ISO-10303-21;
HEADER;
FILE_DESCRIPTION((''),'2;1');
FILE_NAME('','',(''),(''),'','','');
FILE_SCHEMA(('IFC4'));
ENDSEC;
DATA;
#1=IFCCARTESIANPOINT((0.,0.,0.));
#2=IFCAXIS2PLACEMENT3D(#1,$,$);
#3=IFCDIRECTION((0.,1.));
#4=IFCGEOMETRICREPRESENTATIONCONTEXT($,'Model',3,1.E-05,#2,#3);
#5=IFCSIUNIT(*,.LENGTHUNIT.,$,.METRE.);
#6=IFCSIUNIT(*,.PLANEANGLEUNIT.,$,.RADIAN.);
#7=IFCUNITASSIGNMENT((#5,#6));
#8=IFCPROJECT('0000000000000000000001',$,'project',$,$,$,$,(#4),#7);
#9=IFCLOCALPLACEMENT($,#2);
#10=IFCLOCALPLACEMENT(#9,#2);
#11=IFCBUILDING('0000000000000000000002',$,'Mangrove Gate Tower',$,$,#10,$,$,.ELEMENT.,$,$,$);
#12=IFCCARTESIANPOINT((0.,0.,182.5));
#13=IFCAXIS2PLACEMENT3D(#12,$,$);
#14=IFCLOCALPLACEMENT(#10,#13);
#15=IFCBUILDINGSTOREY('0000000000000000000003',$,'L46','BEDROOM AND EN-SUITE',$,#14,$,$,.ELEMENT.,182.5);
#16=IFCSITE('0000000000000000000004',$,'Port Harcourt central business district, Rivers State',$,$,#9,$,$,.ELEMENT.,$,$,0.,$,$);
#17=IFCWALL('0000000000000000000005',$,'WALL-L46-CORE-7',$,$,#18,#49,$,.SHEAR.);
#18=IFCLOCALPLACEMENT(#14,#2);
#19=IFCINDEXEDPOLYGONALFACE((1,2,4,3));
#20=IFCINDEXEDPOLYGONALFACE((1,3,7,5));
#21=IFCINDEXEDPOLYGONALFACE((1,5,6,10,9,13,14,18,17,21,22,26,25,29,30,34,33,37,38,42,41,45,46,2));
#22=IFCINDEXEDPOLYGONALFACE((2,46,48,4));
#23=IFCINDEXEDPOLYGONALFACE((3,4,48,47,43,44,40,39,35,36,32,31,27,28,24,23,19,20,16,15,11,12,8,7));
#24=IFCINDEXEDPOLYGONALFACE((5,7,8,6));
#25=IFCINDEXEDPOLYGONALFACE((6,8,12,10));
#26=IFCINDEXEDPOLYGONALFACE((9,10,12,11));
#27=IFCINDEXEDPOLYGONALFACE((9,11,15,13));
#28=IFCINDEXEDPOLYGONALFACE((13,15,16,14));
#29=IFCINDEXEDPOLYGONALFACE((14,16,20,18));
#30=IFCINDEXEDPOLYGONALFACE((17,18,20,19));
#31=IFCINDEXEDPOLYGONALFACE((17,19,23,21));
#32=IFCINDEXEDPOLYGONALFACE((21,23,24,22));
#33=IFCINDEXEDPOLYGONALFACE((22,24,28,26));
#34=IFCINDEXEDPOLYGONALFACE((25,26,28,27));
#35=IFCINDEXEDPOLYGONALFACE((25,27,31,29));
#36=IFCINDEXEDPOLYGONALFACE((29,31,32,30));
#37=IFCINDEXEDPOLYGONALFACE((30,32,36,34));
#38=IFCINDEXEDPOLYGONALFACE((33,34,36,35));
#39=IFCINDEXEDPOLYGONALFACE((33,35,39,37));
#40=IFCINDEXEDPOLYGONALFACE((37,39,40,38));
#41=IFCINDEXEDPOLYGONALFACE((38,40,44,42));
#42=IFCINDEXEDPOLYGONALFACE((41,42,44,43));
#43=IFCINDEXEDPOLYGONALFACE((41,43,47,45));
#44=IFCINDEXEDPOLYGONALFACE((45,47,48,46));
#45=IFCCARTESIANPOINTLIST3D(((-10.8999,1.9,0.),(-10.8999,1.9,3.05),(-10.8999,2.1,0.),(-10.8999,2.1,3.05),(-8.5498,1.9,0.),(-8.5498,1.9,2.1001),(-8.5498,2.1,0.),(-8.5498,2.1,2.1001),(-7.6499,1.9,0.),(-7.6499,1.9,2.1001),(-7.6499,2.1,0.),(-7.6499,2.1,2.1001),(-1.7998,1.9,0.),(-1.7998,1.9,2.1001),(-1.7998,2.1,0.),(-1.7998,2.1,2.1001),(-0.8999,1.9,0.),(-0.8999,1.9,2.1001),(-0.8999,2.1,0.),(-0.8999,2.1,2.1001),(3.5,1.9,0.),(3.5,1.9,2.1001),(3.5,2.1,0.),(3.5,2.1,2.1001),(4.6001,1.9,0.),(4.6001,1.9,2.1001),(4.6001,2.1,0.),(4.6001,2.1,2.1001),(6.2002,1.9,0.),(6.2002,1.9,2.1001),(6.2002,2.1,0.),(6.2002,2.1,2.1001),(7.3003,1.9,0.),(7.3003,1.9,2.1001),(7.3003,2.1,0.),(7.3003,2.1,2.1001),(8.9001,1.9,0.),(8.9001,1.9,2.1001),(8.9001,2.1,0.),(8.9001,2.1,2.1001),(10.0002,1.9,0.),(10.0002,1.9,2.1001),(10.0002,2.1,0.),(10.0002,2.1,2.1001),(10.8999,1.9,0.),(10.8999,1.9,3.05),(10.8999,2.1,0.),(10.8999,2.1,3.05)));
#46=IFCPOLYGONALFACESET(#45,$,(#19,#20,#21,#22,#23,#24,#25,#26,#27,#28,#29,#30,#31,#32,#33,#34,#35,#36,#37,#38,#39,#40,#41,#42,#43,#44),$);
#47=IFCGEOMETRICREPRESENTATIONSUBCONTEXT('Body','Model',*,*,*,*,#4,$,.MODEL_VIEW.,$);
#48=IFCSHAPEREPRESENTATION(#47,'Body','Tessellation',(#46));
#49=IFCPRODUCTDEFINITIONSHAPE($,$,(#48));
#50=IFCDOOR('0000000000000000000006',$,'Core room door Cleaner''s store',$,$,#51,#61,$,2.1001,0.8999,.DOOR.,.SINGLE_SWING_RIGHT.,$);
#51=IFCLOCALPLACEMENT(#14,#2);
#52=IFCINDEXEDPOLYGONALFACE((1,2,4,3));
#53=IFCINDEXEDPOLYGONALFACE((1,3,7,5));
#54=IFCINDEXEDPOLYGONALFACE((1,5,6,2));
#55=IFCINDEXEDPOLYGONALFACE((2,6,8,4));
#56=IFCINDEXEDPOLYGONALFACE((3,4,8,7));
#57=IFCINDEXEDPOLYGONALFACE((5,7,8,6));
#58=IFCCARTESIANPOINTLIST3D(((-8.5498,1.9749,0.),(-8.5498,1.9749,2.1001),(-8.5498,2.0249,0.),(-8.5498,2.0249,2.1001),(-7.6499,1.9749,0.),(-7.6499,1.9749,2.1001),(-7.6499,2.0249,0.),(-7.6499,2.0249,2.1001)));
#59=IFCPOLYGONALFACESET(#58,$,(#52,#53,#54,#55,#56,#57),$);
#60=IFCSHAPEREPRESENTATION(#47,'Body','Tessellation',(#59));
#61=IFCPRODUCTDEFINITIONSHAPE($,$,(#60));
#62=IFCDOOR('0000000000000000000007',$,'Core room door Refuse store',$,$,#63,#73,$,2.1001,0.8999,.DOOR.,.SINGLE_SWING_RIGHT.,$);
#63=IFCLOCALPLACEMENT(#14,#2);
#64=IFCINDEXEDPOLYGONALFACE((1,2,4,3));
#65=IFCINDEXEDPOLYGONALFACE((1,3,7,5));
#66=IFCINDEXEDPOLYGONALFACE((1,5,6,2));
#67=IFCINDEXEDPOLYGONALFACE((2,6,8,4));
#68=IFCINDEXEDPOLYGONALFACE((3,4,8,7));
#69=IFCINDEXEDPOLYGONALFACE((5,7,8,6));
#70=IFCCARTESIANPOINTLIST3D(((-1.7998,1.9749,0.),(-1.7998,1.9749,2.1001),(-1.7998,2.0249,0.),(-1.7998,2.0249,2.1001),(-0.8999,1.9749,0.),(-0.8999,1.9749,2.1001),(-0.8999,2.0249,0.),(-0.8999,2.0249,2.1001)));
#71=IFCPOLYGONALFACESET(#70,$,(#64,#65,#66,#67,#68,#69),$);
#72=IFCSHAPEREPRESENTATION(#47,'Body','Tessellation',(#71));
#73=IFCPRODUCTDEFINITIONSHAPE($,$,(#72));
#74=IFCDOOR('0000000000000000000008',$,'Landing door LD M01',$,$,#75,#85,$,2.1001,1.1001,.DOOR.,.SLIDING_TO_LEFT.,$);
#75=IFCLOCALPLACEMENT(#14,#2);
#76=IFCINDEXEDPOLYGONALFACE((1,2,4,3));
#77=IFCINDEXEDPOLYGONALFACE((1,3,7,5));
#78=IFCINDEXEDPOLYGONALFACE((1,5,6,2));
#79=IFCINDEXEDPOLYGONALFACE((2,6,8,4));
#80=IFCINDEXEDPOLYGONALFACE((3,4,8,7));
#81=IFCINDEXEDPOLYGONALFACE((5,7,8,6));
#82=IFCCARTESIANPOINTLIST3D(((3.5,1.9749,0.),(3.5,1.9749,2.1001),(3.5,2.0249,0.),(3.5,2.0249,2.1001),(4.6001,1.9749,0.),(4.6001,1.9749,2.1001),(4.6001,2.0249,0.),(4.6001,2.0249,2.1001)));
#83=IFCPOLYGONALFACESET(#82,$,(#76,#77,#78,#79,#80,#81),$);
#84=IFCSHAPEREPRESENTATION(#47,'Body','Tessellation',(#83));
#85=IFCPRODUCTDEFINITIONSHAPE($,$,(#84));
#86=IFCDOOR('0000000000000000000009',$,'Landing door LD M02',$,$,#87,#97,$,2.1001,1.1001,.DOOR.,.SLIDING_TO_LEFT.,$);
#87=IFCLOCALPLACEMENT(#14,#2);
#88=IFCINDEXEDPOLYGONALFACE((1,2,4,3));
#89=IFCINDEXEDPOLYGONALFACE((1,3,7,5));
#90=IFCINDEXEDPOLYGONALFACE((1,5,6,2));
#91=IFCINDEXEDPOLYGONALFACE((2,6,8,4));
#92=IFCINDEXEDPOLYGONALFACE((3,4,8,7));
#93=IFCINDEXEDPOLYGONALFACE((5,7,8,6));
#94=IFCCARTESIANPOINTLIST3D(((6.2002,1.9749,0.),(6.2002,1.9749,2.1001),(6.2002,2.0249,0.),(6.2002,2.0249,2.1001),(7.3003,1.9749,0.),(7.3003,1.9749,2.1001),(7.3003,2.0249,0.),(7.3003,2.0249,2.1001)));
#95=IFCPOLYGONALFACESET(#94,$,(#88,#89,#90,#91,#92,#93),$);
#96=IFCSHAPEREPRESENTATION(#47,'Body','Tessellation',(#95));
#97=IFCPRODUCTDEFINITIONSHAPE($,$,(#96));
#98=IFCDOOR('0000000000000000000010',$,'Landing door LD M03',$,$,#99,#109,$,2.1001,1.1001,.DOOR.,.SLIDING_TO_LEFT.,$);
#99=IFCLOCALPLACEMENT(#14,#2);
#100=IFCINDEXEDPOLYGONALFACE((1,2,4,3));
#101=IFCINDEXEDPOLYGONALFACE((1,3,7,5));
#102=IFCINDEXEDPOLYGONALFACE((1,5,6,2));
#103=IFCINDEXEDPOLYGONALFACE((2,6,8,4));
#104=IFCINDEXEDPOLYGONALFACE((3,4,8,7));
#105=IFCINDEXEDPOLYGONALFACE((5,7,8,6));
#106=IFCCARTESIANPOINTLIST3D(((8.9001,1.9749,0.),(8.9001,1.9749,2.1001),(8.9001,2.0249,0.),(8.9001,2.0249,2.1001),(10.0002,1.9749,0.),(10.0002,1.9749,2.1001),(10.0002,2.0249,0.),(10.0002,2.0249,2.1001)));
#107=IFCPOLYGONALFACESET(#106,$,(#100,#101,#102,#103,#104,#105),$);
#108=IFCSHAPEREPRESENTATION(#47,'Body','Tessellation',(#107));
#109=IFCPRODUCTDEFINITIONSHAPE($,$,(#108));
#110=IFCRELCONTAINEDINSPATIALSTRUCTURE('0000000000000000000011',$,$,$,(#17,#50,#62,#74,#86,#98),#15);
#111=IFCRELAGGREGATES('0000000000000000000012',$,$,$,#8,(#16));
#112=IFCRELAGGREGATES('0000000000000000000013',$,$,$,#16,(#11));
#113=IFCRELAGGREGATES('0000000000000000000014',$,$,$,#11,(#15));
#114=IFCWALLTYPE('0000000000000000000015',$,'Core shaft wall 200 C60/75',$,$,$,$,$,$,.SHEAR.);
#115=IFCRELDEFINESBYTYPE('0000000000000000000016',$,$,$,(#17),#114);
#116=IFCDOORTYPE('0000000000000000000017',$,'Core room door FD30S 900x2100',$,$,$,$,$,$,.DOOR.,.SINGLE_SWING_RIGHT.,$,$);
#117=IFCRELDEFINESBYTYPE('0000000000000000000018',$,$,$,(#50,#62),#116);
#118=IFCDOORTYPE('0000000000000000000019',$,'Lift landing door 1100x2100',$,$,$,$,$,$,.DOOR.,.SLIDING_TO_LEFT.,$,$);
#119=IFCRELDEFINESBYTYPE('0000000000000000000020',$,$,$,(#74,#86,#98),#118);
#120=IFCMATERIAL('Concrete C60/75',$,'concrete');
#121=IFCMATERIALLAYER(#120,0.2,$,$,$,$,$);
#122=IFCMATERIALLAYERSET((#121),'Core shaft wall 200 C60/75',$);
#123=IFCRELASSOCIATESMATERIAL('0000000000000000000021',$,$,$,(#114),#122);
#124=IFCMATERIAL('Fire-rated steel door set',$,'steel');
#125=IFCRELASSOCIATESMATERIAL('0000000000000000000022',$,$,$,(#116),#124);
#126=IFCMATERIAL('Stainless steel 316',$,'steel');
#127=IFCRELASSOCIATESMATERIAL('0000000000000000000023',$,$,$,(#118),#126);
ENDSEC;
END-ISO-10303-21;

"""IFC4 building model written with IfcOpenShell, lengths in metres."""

from ifc_helpers import new_model, si_unit, direction, frame, frame_2d, origin, place, context, subcontext, project, spatial, rectangle, extrude, material, layer, layer_set, type_object, element, fill, save


model = new_model("IFC4")

# Units and contexts
model_context = context("Model", 3, precision=1e-05, world=origin(), true_north=direction((0.0, 1.0)))
body_context = subcontext(model_context, "Body", "Model", "MODEL_VIEW")
ifc_project = project(units=[si_unit("LENGTHUNIT", "METRE"), si_unit("PLANEANGLEUNIT", "RADIAN")], contexts=[model_context])

# Site, building, storey
site_placement = place(None, origin())
site = spatial("IfcSite", under=ifc_project, at=site_placement, Name="Port Harcourt central business district, Rivers State", CompositionType="ELEMENT", RefElevation=0.0)
building_placement = place(site_placement, origin())
building = spatial("IfcBuilding", under=site, at=building_placement, Name="Mangrove Gate Tower", CompositionType="ELEMENT")
storey_placement = place(building_placement, frame((0.0, 0.0, 182.5)))
storey = spatial("IfcBuildingStorey", under=building, at=storey_placement, Name="L46", Description="BEDROOM AND EN-SUITE", CompositionType="ELEMENT", Elevation=182.5)

# Shared definitions
ifc_material_1 = material(Name="Concrete C60/75", Category="concrete")
ifc_layer_1 = layer(ifc_material_1, 0.2)
ifc_layer_set_1 = layer_set([ifc_layer_1], Name="Core shaft wall 200 C60/75")
wall_type_1 = type_object("IfcWallType", Name="Core shaft wall 200 C60/75", PredefinedType="SHEAR", material=ifc_layer_set_1)

# Wall, openings, doors
wall_1_placement = place(storey_placement, frame((-10.8999, 2.0, 0.0), z_axis=(0.0, 0.0, 1.0), x_axis=(1.0, 0.0, 0.0)))
wall_1 = element("IfcWall", 1, at=wall_1_placement, inside=storey, type_object=wall_type_1, Name="WALL-L46-CORE-7", PredefinedType="SHEAR", context=body_context, shape_type="SweptSolid", body=[
    extrude(rectangle(XDim=21.7998, YDim=0.2, at=frame_2d((10.8999, 0.0))), origin(), (0.0, 0.0, 1.0), 3.05),
])
opening_1_placement = place(wall_1_placement, frame((14.3999, 0.0, 0.0)))
opening_1 = element("IfcOpeningElement", 2, at=opening_1_placement, cuts=wall_1, PredefinedType="OPENING", context=body_context, shape_type="SweptSolid", body=[
    extrude(rectangle(XDim=1.1001, YDim=2.1001, at=frame_2d((0.55, 1.05))), frame((0.0, 0.1099, 0.0), z_axis=(0.0, -1.0, 0.0), x_axis=(1.0, 0.0, 0.0)), (0.0, 0.0, 1.0), 0.22),
])
opening_2_placement = place(wall_1_placement, frame((17.1001, 0.0, 0.0)))
opening_2 = element("IfcOpeningElement", 3, at=opening_2_placement, cuts=wall_1, PredefinedType="OPENING", context=body_context, shape_type="SweptSolid", body=[
    extrude(rectangle(XDim=1.1001, YDim=2.1001, at=frame_2d((0.55, 1.05))), frame((0.0, 0.1099, 0.0), z_axis=(0.0, -1.0, 0.0), x_axis=(1.0, 0.0, 0.0)), (0.0, 0.0, 1.0), 0.22),
])
opening_3_placement = place(wall_1_placement, frame((19.8, 0.0, 0.0)))
opening_3 = element("IfcOpeningElement", 4, at=opening_3_placement, cuts=wall_1, PredefinedType="OPENING", context=body_context, shape_type="SweptSolid", body=[
    extrude(rectangle(XDim=1.1001, YDim=2.1001, at=frame_2d((0.55, 1.05))), frame((0.0, 0.1099, 0.0), z_axis=(0.0, -1.0, 0.0), x_axis=(1.0, 0.0, 0.0)), (0.0, 0.0, 1.0), 0.22),
])
opening_4_placement = place(wall_1_placement, frame((2.3501, 0.0, 0.0)))
opening_4 = element("IfcOpeningElement", 5, at=opening_4_placement, cuts=wall_1, PredefinedType="OPENING", context=body_context, shape_type="SweptSolid", body=[
    extrude(rectangle(XDim=0.8999, YDim=2.1001, at=frame_2d((0.45, 1.05))), frame((0.0, 0.1099, 0.0), z_axis=(0.0, -1.0, 0.0), x_axis=(1.0, 0.0, 0.0)), (0.0, 0.0, 1.0), 0.22),
])
opening_5_placement = place(wall_1_placement, frame((9.1001, 0.0, 0.0)))
opening_5 = element("IfcOpeningElement", 6, at=opening_5_placement, cuts=wall_1, PredefinedType="OPENING", context=body_context, shape_type="SweptSolid", body=[
    extrude(rectangle(XDim=0.8999, YDim=2.1001, at=frame_2d((0.45, 1.05))), frame((0.0, 0.1099, 0.0), z_axis=(0.0, -1.0, 0.0), x_axis=(1.0, 0.0, 0.0)), (0.0, 0.0, 1.0), 0.22),
])
ifc_material_2 = material(Name="Fire-rated steel door set", Category="steel")
door_type_1 = type_object("IfcDoorType", Name="Core room door FD30S 900x2100", OperationType="SINGLE_SWING_RIGHT", PredefinedType="DOOR", material=ifc_material_2)
door_1_placement = place(opening_4_placement, origin())
door_1 = element("IfcDoor", 7, at=door_1_placement, inside=storey, type_object=door_type_1, Name="Core room door Cleaner's store", OperationType="SINGLE_SWING_RIGHT", OverallHeight=2.1001, OverallWidth=0.8999, PredefinedType="DOOR", context=body_context, shape_type="SweptSolid", body=[
    extrude(rectangle(XDim=0.8999, YDim=2.1001, at=frame_2d((0.45, 1.05))), frame((0.0, 0.0249, 0.0), z_axis=(0.0, -1.0, 0.0), x_axis=(1.0, 0.0, 0.0)), (0.0, 0.0, 1.0), 0.05),
])
fill(opening_4, door_1)
door_2_placement = place(opening_5_placement, origin())
door_2 = element("IfcDoor", 8, at=door_2_placement, inside=storey, type_object=door_type_1, Name="Core room door Refuse store", OperationType="SINGLE_SWING_RIGHT", OverallHeight=2.1001, OverallWidth=0.8999, PredefinedType="DOOR", context=body_context, shape_type="SweptSolid", body=[
    extrude(rectangle(XDim=0.8999, YDim=2.1001, at=frame_2d((0.45, 1.05))), frame((0.0, 0.0249, 0.0), z_axis=(0.0, -1.0, 0.0), x_axis=(1.0, 0.0, 0.0)), (0.0, 0.0, 1.0), 0.05),
])
fill(opening_5, door_2)
ifc_material_3 = material(Name="Stainless steel 316", Category="steel")
door_type_2 = type_object("IfcDoorType", Name="Lift landing door 1100x2100", OperationType="SLIDING_TO_LEFT", PredefinedType="DOOR", material=ifc_material_3)
door_3_placement = place(opening_1_placement, origin())
door_3 = element("IfcDoor", 9, at=door_3_placement, inside=storey, type_object=door_type_2, Name="Landing door LD M01", OperationType="SLIDING_TO_LEFT", OverallHeight=2.1001, OverallWidth=1.1001, PredefinedType="DOOR", context=body_context, shape_type="SweptSolid", body=[
    extrude(rectangle(XDim=1.1001, YDim=2.1001, at=frame_2d((0.55, 1.05))), frame((0.0, 0.0249, 0.0), z_axis=(0.0, -1.0, 0.0), x_axis=(1.0, 0.0, 0.0)), (0.0, 0.0, 1.0), 0.05),
])
fill(opening_1, door_3)
door_4_placement = place(opening_2_placement, origin())
door_4 = element("IfcDoor", 10, at=door_4_placement, inside=storey, type_object=door_type_2, Name="Landing door LD M02", OperationType="SLIDING_TO_LEFT", OverallHeight=2.1001, OverallWidth=1.1001, PredefinedType="DOOR", context=body_context, shape_type="SweptSolid", body=[
    extrude(rectangle(XDim=1.1001, YDim=2.1001, at=frame_2d((0.55, 1.05))), frame((0.0, 0.0249, 0.0), z_axis=(0.0, -1.0, 0.0), x_axis=(1.0, 0.0, 0.0)), (0.0, 0.0, 1.0), 0.05),
])
fill(opening_2, door_4)
door_5_placement = place(opening_3_placement, origin())
door_5 = element("IfcDoor", 11, at=door_5_placement, inside=storey, type_object=door_type_2, Name="Landing door LD M03", OperationType="SLIDING_TO_LEFT", OverallHeight=2.1001, OverallWidth=1.1001, PredefinedType="DOOR", context=body_context, shape_type="SweptSolid", body=[
    extrude(rectangle(XDim=1.1001, YDim=2.1001, at=frame_2d((0.55, 1.05))), frame((0.0, 0.0249, 0.0), z_axis=(0.0, -1.0, 0.0), x_axis=(1.0, 0.0, 0.0)), (0.0, 0.0, 1.0), 0.05),
])
fill(opening_3, door_5)

save(model, "model.ifc")
